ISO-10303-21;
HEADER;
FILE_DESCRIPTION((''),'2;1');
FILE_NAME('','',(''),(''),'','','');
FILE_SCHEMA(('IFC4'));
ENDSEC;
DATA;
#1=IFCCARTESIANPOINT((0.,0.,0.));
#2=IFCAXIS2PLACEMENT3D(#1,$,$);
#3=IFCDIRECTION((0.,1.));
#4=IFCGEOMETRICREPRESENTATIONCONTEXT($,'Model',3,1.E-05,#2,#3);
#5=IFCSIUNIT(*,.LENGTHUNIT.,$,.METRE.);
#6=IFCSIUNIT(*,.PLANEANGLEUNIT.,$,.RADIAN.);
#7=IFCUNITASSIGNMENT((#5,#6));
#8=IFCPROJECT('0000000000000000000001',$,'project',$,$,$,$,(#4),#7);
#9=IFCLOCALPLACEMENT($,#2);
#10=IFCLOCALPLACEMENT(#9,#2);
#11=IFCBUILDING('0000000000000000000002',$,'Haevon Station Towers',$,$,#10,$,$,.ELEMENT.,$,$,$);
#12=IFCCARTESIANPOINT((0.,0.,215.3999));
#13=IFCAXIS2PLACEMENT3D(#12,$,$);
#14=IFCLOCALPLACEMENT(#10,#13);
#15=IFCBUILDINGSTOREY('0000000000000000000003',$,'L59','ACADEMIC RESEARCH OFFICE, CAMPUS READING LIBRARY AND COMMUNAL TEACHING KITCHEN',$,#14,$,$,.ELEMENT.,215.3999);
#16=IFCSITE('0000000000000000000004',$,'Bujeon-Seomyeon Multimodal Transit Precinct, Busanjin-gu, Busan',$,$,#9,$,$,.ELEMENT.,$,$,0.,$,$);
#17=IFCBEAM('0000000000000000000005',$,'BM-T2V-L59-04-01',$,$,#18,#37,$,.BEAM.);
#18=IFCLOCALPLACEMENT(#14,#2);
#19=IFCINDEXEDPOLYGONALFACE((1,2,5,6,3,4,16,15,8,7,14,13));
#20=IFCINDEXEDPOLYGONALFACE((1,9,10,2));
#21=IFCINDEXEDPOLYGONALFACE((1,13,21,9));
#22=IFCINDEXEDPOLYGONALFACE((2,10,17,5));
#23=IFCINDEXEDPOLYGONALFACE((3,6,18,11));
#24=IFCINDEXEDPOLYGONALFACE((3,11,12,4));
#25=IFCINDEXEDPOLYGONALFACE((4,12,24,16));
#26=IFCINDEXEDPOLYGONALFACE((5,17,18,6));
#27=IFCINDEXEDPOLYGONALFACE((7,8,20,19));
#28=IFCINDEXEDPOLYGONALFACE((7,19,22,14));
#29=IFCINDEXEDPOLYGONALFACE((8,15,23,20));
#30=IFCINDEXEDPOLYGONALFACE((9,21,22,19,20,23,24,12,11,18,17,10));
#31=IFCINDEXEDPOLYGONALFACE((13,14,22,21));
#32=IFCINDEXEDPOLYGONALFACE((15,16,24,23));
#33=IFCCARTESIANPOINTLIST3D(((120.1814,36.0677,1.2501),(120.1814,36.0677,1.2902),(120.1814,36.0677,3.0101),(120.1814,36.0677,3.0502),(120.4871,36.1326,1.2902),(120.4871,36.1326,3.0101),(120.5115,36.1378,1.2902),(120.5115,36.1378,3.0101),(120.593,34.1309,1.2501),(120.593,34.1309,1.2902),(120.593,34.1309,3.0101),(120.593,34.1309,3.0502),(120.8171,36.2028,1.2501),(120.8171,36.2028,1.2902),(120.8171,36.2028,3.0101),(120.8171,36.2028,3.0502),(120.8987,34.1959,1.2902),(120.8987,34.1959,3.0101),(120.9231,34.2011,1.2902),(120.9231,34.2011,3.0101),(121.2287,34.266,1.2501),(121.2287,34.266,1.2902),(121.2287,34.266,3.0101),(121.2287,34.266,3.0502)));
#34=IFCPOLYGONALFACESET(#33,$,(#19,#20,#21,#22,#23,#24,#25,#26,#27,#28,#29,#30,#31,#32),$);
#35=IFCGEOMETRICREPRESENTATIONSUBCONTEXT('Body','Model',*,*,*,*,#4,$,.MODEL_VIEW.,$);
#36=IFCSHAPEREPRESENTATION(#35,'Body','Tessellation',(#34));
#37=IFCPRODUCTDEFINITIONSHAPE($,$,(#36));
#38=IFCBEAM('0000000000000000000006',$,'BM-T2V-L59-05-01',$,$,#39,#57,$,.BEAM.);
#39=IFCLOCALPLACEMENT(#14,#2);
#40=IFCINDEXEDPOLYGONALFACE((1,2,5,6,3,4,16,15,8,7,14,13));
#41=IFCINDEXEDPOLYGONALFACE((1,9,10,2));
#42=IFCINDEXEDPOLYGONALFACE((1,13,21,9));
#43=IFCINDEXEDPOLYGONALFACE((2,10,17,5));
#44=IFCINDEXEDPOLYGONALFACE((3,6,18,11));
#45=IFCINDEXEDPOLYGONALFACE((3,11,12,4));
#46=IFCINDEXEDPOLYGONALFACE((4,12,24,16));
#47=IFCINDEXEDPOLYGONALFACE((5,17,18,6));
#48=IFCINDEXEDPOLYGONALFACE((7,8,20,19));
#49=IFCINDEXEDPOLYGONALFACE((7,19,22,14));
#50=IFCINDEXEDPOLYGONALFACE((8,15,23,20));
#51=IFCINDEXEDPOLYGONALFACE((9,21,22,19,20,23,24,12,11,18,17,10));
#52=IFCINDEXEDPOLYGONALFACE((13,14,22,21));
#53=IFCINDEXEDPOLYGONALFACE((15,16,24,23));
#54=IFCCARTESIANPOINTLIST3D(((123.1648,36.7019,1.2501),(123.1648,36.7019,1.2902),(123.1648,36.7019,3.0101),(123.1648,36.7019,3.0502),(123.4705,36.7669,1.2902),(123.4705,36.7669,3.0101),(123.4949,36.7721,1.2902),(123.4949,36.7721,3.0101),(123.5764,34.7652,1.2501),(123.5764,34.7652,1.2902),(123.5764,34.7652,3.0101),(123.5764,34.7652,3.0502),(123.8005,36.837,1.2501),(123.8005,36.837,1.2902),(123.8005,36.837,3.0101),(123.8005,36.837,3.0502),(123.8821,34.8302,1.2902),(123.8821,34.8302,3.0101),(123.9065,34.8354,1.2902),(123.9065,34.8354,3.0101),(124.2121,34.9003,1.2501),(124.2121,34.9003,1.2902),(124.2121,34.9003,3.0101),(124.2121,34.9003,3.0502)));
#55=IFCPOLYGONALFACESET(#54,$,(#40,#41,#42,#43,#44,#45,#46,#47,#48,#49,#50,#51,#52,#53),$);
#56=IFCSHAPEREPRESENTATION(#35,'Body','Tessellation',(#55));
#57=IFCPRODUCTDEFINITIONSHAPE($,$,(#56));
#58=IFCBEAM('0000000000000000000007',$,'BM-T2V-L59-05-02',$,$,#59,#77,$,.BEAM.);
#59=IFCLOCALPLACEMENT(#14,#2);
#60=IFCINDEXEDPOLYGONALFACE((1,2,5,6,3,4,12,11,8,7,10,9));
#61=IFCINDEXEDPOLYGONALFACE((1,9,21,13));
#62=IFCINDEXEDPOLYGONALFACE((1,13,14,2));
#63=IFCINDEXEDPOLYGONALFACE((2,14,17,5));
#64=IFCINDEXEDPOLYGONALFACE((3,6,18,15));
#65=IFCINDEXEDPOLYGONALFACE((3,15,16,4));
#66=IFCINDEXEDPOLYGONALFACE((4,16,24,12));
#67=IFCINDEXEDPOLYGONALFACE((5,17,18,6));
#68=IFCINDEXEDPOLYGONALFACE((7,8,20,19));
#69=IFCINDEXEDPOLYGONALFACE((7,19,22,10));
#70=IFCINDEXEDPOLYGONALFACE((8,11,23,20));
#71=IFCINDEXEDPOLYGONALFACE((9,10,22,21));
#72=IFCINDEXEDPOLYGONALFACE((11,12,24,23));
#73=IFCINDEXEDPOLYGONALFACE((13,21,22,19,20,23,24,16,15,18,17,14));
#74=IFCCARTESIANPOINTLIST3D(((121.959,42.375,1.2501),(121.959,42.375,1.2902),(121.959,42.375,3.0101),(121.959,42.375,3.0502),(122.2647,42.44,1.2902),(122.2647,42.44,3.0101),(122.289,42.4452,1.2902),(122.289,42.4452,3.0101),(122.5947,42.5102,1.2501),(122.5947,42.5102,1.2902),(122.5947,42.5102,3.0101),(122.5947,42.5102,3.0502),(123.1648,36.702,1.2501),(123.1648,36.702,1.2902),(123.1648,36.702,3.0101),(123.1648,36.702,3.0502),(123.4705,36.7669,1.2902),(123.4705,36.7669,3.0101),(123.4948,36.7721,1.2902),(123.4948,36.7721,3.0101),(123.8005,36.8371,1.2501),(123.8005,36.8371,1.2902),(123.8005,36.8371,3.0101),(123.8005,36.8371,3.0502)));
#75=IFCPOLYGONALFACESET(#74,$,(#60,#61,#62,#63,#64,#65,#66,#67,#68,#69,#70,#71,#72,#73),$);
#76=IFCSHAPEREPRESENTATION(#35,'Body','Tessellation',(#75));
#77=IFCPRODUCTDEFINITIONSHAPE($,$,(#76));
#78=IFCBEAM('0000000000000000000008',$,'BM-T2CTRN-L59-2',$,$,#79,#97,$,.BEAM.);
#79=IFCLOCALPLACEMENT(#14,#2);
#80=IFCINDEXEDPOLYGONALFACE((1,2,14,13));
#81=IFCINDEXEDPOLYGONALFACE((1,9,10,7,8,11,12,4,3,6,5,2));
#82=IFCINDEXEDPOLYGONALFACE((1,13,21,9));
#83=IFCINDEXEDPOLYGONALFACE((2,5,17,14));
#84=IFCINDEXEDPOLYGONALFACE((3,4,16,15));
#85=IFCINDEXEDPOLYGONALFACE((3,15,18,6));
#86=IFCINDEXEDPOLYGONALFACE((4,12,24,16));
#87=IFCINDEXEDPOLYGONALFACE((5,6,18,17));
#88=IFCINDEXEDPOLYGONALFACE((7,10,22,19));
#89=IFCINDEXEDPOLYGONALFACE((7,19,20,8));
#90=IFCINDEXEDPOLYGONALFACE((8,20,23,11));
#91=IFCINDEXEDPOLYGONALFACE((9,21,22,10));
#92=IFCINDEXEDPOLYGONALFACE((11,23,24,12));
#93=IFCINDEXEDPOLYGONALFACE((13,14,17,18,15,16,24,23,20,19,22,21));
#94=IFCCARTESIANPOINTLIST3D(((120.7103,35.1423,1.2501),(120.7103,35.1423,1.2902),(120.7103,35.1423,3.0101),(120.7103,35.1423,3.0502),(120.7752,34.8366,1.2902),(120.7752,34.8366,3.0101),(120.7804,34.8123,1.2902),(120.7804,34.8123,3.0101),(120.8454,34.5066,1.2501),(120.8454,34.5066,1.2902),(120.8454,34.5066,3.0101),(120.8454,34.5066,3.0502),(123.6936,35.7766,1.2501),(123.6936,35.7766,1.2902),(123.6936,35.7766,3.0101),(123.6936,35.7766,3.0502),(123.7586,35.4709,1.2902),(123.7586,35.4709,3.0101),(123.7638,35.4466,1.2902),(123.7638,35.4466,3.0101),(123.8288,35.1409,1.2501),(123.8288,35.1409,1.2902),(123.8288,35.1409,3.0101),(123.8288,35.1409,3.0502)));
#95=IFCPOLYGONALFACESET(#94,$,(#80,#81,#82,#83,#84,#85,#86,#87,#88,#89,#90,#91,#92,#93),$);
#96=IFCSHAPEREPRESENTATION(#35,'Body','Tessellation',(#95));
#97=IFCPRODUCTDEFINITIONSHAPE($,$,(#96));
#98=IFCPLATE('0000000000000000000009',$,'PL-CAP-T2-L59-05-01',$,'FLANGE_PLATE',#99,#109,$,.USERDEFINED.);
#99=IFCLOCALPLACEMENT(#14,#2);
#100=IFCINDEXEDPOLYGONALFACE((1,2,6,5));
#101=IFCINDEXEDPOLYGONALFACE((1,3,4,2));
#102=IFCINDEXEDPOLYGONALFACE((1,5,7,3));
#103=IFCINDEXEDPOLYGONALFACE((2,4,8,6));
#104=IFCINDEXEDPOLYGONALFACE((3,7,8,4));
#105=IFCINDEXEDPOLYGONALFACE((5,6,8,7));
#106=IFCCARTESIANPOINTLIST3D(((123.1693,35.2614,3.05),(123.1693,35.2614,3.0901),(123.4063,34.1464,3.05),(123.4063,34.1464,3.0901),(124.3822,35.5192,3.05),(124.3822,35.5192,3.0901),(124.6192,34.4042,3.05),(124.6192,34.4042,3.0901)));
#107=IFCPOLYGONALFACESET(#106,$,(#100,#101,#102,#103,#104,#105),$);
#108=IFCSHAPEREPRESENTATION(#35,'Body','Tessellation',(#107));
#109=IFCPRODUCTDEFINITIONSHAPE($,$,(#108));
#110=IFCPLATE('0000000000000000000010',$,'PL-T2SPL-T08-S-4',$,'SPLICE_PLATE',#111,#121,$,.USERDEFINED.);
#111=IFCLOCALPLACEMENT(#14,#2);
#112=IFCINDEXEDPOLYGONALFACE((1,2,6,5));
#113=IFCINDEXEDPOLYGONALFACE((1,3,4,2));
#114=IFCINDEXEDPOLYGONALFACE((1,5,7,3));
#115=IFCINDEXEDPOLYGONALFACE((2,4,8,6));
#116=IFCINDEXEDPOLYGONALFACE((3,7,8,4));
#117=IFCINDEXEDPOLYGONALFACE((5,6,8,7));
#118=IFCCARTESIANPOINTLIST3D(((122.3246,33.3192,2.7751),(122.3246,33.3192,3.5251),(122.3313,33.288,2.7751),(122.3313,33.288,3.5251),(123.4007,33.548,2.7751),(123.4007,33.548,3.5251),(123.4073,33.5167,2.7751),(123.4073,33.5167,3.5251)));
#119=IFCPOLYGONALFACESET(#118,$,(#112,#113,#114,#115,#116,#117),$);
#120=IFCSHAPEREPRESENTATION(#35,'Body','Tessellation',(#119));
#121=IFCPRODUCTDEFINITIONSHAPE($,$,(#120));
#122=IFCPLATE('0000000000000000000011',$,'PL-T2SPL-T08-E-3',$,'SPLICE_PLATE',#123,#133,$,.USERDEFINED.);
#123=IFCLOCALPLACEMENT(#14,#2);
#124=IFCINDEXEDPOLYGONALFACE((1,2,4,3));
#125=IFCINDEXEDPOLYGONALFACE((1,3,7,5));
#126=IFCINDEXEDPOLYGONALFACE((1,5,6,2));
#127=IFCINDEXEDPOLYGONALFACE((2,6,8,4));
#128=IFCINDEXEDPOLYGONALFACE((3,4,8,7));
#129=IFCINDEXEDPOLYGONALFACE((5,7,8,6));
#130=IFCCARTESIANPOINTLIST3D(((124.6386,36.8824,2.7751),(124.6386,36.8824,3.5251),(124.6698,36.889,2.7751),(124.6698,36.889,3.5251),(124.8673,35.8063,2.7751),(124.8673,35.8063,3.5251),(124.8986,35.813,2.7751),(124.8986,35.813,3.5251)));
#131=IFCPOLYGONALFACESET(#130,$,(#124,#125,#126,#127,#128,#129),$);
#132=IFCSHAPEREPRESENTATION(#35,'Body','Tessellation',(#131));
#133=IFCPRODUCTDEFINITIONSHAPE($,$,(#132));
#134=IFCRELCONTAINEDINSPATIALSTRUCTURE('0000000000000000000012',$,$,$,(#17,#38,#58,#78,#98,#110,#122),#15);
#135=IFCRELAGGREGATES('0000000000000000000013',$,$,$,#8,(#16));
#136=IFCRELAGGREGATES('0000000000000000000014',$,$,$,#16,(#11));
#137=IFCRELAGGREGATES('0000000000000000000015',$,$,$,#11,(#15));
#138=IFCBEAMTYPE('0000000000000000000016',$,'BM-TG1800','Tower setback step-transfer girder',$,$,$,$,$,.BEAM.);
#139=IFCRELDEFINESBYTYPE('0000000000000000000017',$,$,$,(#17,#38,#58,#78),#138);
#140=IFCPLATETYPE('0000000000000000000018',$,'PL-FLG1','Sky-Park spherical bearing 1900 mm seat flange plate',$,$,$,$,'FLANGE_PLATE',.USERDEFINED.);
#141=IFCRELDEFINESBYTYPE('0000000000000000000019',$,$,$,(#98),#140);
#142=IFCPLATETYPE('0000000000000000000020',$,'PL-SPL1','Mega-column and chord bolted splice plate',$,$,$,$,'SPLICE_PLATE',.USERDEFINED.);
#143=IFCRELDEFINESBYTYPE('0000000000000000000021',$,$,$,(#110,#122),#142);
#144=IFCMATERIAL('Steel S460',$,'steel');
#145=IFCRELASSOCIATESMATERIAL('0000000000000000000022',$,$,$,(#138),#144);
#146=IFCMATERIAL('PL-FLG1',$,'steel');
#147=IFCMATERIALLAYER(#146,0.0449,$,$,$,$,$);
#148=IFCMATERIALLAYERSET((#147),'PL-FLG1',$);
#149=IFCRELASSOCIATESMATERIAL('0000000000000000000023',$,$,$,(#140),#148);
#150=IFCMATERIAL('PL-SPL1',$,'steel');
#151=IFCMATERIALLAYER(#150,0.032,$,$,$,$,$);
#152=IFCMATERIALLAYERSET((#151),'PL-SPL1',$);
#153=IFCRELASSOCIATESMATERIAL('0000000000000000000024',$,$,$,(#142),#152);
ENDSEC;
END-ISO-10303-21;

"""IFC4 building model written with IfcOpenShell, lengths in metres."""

from ifc_helpers import new_model, si_unit, direction, frame, origin, origin_2d, place, context, subcontext, project, spatial, rectangle, i_section, extrude, material, layer, layer_set, material_profile, profile_set, type_object, element, save


model = new_model("IFC4")

# Units and contexts
model_context = context("Model", 3, precision=1e-05, world=origin(), true_north=direction((0.0, 1.0)))
body_context = subcontext(model_context, "Body", "Model", "MODEL_VIEW")
ifc_project = project(units=[si_unit("LENGTHUNIT", "METRE"), si_unit("PLANEANGLEUNIT", "RADIAN")], contexts=[model_context])

# Site, building, storey
site_placement = place(None, origin())
site = spatial("IfcSite", under=ifc_project, at=site_placement, Name="Bujeon-Seomyeon Multimodal Transit Precinct, Busanjin-gu, Busan", CompositionType="ELEMENT", RefElevation=0.0)
building_placement = place(site_placement, origin())
building = spatial("IfcBuilding", under=site, at=building_placement, Name="Haevon Station Towers", CompositionType="ELEMENT")
storey_placement = place(building_placement, frame((0.0, 0.0, 215.3999)))
storey = spatial("IfcBuildingStorey", under=building, at=storey_placement, Name="L59", Description="ACADEMIC RESEARCH OFFICE, CAMPUS READING LIBRARY AND COMMUNAL TEACHING KITCHEN", CompositionType="ELEMENT", Elevation=215.3999)

# Shared definitions
ifc_material_1 = material(Name="Steel S460", Category="steel")

# Beams
ifc_material_profile_1 = material_profile(ifc_material_1, i_section(OverallWidth=0.6499, OverallDepth=1.8, WebThickness=0.0249, FlangeThickness=0.04, at=origin_2d()), Name="H-1800x650x25x40")
ifc_profile_set_1 = profile_set([ifc_material_profile_1], Name="Steel S460")
beam_type_1 = type_object("IfcBeamType", Name="BM-TG1800", Description="Tower setback step-transfer girder", PredefinedType="BEAM", material=ifc_profile_set_1)
for number, where, z_axis, x_axis, name in (
    (1, (120.9109, 34.1985, 2.1501), (-0.207887, 0.978153, 0.0), (-0.978153, -0.207887, 0.0), "BM-T2V-L59-04-01"),
    (2, (123.8943, 34.8328, 2.1501), (-0.207887, 0.978153, 0.0), (-0.978153, -0.207887, 0.0), "BM-T2V-L59-05-01"),
):
    element("IfcBeam", number, at=place(storey_placement, frame(where, z_axis=z_axis, x_axis=x_axis)), inside=storey, type_object=beam_type_1, Name=name, PredefinedType="BEAM", context=body_context, shape_type="SweptSolid", body=[
        extrude(i_section(OverallWidth=0.6499, OverallDepth=1.8, WebThickness=0.0249, FlangeThickness=0.04, at=origin_2d()), origin(), (0.0, 0.0, 1.0), 1.98),
    ])
beam_1_placement = place(storey_placement, frame((123.4827, 36.7695, 2.1501), z_axis=(-0.207905, 0.978149, 0.0), x_axis=(-0.978149, -0.207905, 0.0)))
element("IfcBeam", 3, at=beam_1_placement, inside=storey, type_object=beam_type_1, Name="BM-T2V-L59-05-02", PredefinedType="BEAM", context=body_context, shape_type="SweptSolid", body=[
    extrude(i_section(OverallWidth=0.6499, OverallDepth=1.8, WebThickness=0.0249, FlangeThickness=0.04, at=origin_2d()), origin(), (0.0, 0.0, 1.0), 5.7998),
])
beam_2_placement = place(storey_placement, frame((120.7778, 34.8245, 2.1501), z_axis=(0.978139, 0.207954, 0.0), x_axis=(-0.207954, 0.978139, 0.0)))
element("IfcBeam", 4, at=beam_2_placement, inside=storey, type_object=beam_type_1, Name="BM-T2CTRN-L59-2", PredefinedType="BEAM", context=body_context, shape_type="SweptSolid", body=[
    extrude(i_section(OverallWidth=0.6499, OverallDepth=1.8, WebThickness=0.0249, FlangeThickness=0.04, at=origin_2d()), origin(), (0.0, 0.0, 1.0), 3.05),
])

# Plates
ifc_material_2 = material(Name="PL-FLG1", Category="steel")
ifc_layer_1 = layer(ifc_material_2, 0.0449)
ifc_layer_set_1 = layer_set([ifc_layer_1], Name="PL-FLG1")
plate_type_1 = type_object("IfcPlateType", Name="PL-FLG1", Description="Sky-Park spherical bearing 1900 mm seat flange plate", ElementType="FLANGE_PLATE", PredefinedType="USERDEFINED", material=ifc_layer_set_1)
plate_placement = place(storey_placement, frame((123.8943, 34.8328, 3.05), z_axis=(0.0, 0.0, 1.0), x_axis=(0.978148, 0.207912, 0.0)))
element("IfcPlate", 5, at=plate_placement, inside=storey, type_object=plate_type_1, Name="PL-CAP-T2-L59-05-01", ObjectType="FLANGE_PLATE", PredefinedType="USERDEFINED", context=body_context, shape_type="SweptSolid", body=[
    extrude(rectangle(XDim=1.24, YDim=1.1399, at=origin_2d()), origin(), (0.0, 0.0, 1.0), 0.04),
])
ifc_material_3 = material(Name="PL-SPL1", Category="steel")
ifc_layer_2 = layer(ifc_material_3, 0.032)
ifc_layer_set_2 = layer_set([ifc_layer_2], Name="PL-SPL1")
plate_type_2 = type_object("IfcPlateType", Name="PL-SPL1", Description="Mega-column and chord bolted splice plate", ElementType="SPLICE_PLATE", PredefinedType="USERDEFINED", material=ifc_layer_set_2)
for number, where, z_axis, x_axis, name in (
    (6, (122.866, 33.418, 2.7751), (0.0, 0.0, 1.0), (0.978148, 0.207912, 0.0), "PL-T2SPL-T08-S-4"),
    (7, (124.7686, 36.3477, 2.7751), (0.0, 0.0, 1.0), (-0.207912, 0.978148, 0.0), "PL-T2SPL-T08-E-3"),
):
    element("IfcPlate", number, at=place(storey_placement, frame(where, z_axis=z_axis, x_axis=x_axis)), inside=storey, type_object=plate_type_2, Name=name, ObjectType="SPLICE_PLATE", PredefinedType="USERDEFINED", context=body_context, shape_type="SweptSolid", body=[
        extrude(rectangle(XDim=1.1001, YDim=0.032, at=origin_2d()), origin(), (0.0, 0.0, 1.0), 0.75),
    ])

save(model, "model.ifc")
